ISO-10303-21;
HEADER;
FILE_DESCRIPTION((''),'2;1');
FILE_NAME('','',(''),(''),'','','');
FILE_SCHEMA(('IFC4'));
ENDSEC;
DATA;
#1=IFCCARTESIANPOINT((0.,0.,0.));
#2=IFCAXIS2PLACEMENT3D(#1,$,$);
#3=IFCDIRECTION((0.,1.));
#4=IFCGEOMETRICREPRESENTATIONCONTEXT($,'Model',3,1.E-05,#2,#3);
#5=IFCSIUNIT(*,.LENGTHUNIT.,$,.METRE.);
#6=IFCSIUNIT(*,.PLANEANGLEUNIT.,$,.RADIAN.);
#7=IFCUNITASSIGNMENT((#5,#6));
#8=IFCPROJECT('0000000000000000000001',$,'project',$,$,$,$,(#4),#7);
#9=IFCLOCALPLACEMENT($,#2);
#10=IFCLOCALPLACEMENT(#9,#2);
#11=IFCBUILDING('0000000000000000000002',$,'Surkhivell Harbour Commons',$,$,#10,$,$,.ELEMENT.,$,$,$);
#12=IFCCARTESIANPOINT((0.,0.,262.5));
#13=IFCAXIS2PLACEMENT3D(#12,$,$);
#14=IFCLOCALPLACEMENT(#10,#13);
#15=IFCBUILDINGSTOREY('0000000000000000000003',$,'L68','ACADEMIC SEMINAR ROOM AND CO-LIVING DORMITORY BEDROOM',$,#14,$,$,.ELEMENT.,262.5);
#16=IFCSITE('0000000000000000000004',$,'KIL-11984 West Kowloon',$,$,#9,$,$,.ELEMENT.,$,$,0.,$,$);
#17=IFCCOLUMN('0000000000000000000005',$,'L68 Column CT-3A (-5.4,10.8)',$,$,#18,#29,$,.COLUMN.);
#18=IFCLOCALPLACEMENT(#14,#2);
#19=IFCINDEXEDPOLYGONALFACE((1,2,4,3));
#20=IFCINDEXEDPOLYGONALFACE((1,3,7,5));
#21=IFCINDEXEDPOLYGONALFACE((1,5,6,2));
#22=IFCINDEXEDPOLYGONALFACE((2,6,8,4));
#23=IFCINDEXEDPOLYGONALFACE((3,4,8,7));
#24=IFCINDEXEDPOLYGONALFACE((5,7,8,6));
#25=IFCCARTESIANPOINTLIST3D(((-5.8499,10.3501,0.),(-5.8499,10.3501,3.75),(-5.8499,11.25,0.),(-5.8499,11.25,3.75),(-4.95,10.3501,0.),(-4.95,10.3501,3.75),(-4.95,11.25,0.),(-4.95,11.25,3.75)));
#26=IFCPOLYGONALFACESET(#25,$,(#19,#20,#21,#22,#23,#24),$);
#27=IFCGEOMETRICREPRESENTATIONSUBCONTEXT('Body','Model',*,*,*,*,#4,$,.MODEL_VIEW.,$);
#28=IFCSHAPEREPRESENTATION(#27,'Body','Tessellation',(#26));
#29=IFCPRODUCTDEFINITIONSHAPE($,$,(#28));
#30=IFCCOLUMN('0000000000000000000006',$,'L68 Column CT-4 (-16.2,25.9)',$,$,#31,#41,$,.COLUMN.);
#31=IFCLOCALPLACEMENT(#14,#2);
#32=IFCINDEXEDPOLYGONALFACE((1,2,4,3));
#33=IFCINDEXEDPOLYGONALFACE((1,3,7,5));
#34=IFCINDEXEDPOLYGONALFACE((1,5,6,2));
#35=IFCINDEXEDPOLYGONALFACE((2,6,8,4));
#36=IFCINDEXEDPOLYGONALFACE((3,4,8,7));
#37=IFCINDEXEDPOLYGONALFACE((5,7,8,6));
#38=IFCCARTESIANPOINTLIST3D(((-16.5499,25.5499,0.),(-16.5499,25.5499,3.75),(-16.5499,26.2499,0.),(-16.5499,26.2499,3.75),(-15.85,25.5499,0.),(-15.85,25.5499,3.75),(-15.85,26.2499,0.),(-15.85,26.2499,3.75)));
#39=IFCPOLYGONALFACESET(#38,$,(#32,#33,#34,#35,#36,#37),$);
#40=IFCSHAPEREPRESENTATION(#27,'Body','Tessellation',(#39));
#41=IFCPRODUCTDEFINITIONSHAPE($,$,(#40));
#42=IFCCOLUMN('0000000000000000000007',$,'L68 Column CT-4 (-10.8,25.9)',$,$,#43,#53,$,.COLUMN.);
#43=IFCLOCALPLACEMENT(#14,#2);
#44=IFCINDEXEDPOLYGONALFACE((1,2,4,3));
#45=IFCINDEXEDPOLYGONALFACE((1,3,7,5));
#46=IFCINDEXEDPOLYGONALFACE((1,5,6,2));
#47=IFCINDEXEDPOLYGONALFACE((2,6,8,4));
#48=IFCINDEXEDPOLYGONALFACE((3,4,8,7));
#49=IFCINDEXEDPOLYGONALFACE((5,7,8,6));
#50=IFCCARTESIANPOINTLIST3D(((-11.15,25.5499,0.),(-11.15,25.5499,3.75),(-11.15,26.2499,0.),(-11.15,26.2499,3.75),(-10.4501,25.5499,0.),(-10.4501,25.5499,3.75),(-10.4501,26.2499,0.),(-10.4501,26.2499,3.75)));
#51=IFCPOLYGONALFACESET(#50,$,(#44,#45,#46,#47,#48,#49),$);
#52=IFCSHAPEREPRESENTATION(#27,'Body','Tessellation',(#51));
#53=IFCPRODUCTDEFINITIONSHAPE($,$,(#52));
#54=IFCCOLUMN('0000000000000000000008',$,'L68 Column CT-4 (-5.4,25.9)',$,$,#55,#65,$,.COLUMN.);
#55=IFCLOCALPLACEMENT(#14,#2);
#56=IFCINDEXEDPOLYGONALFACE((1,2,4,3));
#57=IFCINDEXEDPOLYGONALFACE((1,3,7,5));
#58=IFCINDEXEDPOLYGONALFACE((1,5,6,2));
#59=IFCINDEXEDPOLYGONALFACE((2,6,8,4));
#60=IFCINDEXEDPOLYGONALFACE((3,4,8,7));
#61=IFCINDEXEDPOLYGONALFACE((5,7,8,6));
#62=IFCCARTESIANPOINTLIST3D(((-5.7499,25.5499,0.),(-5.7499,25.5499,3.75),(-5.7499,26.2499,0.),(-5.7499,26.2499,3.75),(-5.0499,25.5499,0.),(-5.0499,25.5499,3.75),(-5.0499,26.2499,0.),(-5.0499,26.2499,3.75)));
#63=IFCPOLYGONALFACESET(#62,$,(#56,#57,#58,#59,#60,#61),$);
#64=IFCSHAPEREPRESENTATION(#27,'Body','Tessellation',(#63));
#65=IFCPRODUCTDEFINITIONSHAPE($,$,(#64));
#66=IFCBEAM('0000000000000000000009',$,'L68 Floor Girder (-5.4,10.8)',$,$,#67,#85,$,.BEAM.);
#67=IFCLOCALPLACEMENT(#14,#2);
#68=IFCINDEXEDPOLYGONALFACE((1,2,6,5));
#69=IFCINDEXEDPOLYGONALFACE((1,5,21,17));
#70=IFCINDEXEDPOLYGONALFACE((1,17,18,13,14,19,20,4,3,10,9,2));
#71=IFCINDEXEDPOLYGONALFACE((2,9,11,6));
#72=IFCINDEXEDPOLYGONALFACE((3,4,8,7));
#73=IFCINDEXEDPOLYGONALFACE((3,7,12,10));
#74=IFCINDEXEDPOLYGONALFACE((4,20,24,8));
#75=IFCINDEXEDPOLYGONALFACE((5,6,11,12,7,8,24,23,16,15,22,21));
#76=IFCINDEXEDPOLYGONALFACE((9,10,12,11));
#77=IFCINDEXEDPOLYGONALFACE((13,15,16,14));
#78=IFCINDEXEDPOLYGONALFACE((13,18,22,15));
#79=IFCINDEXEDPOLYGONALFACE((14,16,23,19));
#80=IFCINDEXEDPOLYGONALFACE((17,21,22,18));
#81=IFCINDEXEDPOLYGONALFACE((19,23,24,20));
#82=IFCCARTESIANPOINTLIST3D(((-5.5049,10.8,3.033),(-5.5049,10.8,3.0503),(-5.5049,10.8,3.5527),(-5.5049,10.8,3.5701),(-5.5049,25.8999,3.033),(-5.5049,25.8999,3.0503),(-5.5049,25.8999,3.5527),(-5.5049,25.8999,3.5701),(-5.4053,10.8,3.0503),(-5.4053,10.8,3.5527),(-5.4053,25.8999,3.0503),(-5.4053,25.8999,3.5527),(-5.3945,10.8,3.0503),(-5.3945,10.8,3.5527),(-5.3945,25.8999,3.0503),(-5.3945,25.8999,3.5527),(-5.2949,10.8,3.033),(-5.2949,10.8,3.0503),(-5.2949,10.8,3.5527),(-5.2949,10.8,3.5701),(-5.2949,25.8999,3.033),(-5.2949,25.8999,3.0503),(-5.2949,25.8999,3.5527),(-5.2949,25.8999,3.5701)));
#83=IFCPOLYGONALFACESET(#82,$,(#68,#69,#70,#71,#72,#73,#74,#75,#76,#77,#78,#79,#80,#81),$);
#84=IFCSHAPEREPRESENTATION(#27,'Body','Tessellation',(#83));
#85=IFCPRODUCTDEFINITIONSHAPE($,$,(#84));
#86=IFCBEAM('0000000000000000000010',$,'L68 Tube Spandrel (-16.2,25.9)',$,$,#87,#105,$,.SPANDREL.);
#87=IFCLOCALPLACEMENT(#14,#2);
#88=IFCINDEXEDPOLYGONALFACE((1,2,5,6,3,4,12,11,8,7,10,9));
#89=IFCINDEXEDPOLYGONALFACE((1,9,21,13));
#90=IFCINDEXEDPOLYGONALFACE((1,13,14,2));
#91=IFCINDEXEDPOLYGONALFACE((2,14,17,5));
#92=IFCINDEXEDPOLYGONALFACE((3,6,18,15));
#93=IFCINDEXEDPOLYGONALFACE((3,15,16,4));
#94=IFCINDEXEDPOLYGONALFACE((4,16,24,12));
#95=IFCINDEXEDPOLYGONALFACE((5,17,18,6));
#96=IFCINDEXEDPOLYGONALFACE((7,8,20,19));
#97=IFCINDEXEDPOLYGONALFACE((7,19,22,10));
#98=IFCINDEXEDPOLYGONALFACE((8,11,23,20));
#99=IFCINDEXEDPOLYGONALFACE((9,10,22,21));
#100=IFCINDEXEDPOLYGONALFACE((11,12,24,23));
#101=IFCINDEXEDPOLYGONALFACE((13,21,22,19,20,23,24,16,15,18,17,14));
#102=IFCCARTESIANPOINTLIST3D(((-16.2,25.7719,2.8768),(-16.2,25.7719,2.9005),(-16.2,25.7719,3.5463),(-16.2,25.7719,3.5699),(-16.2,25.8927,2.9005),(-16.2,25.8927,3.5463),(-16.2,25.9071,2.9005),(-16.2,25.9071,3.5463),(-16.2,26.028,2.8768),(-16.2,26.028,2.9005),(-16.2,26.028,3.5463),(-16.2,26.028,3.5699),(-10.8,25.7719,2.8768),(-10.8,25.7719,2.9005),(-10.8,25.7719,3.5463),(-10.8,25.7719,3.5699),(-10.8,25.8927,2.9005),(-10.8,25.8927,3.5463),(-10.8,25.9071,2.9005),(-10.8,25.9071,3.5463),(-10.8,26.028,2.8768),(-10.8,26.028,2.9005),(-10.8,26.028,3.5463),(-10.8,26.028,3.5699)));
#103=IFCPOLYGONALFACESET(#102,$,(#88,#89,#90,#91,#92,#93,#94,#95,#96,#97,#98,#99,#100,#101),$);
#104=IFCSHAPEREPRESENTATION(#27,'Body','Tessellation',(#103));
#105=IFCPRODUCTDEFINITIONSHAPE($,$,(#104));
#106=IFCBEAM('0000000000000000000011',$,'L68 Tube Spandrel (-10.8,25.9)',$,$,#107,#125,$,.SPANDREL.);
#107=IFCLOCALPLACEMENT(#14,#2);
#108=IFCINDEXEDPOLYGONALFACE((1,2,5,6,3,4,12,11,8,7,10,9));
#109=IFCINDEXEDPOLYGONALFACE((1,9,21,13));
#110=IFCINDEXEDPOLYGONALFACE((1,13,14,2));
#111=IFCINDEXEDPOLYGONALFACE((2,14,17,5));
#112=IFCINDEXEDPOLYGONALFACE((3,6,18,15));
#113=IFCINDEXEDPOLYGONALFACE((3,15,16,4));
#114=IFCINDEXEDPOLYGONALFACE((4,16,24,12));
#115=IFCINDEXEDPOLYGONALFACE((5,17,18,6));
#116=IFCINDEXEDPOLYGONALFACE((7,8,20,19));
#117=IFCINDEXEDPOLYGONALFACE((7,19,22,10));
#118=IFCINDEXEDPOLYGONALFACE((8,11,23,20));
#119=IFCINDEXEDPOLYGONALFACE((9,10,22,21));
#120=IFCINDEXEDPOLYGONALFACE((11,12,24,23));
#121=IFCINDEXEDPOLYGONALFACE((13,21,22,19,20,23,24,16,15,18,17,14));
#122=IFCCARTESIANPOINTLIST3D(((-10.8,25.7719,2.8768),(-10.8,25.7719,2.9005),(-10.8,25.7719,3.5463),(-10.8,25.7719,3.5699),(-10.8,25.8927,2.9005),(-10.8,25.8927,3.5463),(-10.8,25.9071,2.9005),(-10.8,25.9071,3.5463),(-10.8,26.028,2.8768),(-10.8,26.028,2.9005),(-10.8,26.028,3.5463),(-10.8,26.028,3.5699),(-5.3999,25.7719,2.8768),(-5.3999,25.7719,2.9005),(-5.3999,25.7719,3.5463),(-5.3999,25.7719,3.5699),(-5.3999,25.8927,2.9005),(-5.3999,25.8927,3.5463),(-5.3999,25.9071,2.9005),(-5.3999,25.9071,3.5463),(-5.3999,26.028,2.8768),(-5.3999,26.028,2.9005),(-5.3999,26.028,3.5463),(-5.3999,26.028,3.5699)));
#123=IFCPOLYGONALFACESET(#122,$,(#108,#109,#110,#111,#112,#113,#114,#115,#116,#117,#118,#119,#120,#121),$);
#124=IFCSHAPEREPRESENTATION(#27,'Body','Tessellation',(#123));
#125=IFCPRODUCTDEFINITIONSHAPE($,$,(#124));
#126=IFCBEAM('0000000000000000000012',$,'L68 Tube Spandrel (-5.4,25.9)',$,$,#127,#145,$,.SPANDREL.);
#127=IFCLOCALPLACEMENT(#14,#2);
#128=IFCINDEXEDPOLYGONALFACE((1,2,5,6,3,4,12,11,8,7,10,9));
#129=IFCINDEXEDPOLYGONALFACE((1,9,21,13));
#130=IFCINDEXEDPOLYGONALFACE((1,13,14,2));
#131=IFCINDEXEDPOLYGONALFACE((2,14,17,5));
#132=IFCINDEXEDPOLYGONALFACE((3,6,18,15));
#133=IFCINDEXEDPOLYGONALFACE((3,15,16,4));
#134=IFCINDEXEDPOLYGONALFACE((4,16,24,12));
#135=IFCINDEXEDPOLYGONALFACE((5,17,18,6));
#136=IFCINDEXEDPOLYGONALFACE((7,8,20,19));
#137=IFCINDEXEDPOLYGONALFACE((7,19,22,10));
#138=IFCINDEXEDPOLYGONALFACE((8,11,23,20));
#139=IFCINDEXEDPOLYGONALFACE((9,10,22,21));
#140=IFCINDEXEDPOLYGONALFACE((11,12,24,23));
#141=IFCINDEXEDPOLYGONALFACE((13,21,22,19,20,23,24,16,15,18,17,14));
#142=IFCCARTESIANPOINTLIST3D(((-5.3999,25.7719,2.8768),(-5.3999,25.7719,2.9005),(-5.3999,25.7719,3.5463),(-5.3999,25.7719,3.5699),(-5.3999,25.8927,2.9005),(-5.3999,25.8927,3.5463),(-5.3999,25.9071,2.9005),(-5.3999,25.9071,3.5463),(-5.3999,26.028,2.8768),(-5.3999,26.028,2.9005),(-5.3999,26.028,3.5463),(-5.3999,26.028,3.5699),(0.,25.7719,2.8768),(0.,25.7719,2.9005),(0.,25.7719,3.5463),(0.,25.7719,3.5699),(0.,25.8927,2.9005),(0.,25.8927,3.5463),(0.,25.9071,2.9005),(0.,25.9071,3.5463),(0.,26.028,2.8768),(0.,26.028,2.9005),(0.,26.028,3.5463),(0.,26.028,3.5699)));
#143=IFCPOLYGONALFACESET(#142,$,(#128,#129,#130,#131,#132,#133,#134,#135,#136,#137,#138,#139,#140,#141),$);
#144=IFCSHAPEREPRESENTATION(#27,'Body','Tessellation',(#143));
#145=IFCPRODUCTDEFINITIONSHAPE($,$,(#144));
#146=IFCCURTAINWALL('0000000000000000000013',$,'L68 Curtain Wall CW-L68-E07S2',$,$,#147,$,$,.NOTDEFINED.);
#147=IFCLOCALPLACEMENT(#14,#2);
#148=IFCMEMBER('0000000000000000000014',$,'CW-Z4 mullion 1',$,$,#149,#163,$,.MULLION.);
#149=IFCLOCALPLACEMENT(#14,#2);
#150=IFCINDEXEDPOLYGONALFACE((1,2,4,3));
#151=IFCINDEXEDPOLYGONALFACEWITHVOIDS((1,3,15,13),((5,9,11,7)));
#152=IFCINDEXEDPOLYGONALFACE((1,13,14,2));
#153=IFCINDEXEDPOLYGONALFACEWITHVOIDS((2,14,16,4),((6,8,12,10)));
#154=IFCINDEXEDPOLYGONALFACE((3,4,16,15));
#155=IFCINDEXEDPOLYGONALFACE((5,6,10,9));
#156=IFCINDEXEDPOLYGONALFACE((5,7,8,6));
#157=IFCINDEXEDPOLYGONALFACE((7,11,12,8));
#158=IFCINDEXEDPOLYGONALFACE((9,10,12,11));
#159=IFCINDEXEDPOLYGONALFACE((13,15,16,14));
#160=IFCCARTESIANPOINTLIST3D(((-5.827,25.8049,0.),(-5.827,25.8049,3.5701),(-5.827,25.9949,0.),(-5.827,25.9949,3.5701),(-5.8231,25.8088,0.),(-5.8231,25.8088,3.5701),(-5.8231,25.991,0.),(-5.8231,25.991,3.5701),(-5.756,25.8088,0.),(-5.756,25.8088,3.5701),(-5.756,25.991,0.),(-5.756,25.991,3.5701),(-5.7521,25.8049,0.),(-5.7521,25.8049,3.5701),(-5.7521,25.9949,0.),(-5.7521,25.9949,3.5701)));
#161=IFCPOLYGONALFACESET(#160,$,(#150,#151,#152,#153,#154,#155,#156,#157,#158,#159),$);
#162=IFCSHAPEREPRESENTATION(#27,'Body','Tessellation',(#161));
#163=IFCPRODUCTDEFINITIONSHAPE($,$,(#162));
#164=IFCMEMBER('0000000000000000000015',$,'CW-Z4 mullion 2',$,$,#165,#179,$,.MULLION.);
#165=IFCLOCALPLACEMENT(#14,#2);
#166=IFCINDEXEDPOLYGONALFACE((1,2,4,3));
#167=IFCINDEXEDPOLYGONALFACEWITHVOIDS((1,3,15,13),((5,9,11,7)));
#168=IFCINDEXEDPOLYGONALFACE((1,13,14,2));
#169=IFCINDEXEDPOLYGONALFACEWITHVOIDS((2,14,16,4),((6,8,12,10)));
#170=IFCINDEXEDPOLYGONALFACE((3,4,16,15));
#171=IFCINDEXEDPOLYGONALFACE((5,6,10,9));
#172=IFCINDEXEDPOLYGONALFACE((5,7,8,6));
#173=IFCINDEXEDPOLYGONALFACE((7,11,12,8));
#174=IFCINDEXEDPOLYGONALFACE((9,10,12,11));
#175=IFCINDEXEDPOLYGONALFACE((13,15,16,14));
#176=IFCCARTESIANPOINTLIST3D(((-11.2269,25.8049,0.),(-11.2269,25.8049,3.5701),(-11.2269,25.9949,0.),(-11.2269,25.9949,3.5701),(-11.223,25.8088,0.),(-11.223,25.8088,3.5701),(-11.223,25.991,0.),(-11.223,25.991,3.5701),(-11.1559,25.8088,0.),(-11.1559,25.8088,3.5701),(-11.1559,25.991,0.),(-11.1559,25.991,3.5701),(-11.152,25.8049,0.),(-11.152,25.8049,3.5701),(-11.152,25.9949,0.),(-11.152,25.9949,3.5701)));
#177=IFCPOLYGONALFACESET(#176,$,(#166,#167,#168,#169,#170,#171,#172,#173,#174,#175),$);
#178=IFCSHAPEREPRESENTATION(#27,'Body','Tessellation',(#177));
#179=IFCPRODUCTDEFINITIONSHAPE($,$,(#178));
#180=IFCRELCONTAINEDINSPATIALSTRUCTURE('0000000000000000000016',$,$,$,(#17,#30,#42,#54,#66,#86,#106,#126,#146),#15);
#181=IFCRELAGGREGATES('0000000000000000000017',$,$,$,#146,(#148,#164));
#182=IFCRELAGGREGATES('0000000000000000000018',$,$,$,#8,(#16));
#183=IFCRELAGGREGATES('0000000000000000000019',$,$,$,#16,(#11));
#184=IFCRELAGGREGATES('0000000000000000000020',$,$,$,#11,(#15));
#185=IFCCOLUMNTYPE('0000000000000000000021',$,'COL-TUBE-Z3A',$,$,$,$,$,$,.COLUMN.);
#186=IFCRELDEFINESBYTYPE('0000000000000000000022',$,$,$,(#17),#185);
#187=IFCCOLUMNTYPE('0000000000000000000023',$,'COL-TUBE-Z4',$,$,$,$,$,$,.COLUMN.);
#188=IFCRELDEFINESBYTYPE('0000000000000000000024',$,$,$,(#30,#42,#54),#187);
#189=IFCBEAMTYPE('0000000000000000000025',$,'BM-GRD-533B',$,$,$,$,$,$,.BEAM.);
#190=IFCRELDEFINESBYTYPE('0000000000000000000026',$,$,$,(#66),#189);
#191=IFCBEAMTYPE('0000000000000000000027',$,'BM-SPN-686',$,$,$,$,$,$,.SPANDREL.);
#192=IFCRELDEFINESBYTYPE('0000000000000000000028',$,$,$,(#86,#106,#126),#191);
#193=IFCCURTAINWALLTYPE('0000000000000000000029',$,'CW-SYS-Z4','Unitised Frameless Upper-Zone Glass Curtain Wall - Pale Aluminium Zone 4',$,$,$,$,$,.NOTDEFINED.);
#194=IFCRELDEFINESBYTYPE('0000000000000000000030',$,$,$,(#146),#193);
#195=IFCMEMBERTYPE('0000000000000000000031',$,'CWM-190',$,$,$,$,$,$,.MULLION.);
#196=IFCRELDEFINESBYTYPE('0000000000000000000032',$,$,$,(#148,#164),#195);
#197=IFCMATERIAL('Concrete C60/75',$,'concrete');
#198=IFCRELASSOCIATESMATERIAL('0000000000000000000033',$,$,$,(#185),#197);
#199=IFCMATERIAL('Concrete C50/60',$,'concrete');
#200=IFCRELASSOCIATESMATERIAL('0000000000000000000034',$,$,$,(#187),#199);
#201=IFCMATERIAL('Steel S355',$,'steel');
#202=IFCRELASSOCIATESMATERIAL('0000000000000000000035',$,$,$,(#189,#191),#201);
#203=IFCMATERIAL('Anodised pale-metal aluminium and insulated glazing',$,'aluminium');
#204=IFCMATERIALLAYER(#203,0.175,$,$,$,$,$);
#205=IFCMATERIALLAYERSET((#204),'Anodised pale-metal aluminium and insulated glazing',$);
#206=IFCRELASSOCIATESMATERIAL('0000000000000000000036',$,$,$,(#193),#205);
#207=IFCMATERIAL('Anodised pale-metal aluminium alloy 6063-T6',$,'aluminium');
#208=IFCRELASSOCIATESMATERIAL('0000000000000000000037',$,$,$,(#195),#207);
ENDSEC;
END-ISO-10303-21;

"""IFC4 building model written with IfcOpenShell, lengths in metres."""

from ifc_helpers import new_model, si_unit, direction, frame, origin, origin_2d, place, context, subcontext, project, spatial, rectangle, hollow_rectangle, i_section, extrude, material, layer, layer_set, material_profile, profile_set, type_object, element, aggregate, save


model = new_model("IFC4")

# Units and contexts
model_context = context("Model", 3, precision=1e-05, world=origin(), true_north=direction((0.0, 1.0)))
body_context = subcontext(model_context, "Body", "Model", "MODEL_VIEW")
ifc_project = project(units=[si_unit("LENGTHUNIT", "METRE"), si_unit("PLANEANGLEUNIT", "RADIAN")], contexts=[model_context])

# Site, building, storey
site_placement = place(None, origin())
site = spatial("IfcSite", under=ifc_project, at=site_placement, Name="KIL-11984 West Kowloon", CompositionType="ELEMENT", RefElevation=0.0)
building_placement = place(site_placement, origin())
building = spatial("IfcBuilding", under=site, at=building_placement, Name="Surkhivell Harbour Commons", CompositionType="ELEMENT")
storey_placement = place(building_placement, frame((0.0, 0.0, 262.5)))
storey = spatial("IfcBuildingStorey", under=building, at=storey_placement, Name="L68", Description="ACADEMIC SEMINAR ROOM AND CO-LIVING DORMITORY BEDROOM", CompositionType="ELEMENT", Elevation=262.5)

# Columns
ifc_material_1 = material(Name="Concrete C60/75", Category="concrete")
ifc_material_profile_1 = material_profile(ifc_material_1, rectangle(XDim=0.8999, YDim=0.8999, at=origin_2d()), Name="RC-COL-900x900")
ifc_profile_set_1 = profile_set([ifc_material_profile_1], Name="Concrete C60/75")
column_type_1 = type_object("IfcColumnType", Name="COL-TUBE-Z3A", PredefinedType="COLUMN", material=ifc_profile_set_1)
column_placement = place(storey_placement, frame((-5.3999, 10.8, 0.0), z_axis=(0.0, 0.0, 1.0), x_axis=(1.0, 0.0, 0.0)))
element("IfcColumn", 1, at=column_placement, inside=storey, type_object=column_type_1, Name="L68 Column CT-3A (-5.4,10.8)", PredefinedType="COLUMN", context=body_context, shape_type="SweptSolid", body=[
    extrude(rectangle(XDim=0.8999, YDim=0.8999, at=origin_2d()), origin(), (0.0, 0.0, 1.0), 3.75),
])
ifc_material_2 = material(Name="Concrete C50/60", Category="concrete")
ifc_material_profile_2 = material_profile(ifc_material_2, rectangle(XDim=0.7, YDim=0.7, at=origin_2d()), Name="RC-COL-700x700")
ifc_profile_set_2 = profile_set([ifc_material_profile_2], Name="Concrete C50/60")
column_type_2 = type_object("IfcColumnType", Name="COL-TUBE-Z4", PredefinedType="COLUMN", material=ifc_profile_set_2)
for number, where, z_axis, x_axis, name in (
    (2, (-16.2, 25.8999, 0.0), (0.0, 0.0, 1.0), (1.0, 0.0, 0.0), "L68 Column CT-4 (-16.2,25.9)"),
    (3, (-10.8, 25.8999, 0.0), (0.0, 0.0, 1.0), (1.0, 0.0, 0.0), "L68 Column CT-4 (-10.8,25.9)"),
    (4, (-5.3999, 25.8999, 0.0), (0.0, 0.0, 1.0), (1.0, 0.0, 0.0), "L68 Column CT-4 (-5.4,25.9)"),
):
    element("IfcColumn", number, at=place(storey_placement, frame(where, z_axis=z_axis, x_axis=x_axis)), inside=storey, type_object=column_type_2, Name=name, PredefinedType="COLUMN", context=body_context, shape_type="SweptSolid", body=[
        extrude(rectangle(XDim=0.7, YDim=0.7, at=origin_2d()), origin(), (0.0, 0.0, 1.0), 3.75),
    ])

# Beams
ifc_material_3 = material(Name="Steel S355", Category="steel")
ifc_material_profile_3 = material_profile(ifc_material_3, i_section(OverallWidth=0.21, OverallDepth=0.5371, WebThickness=0.0107, FlangeThickness=0.0173, at=origin_2d()), Name="UB533x210x101")
ifc_profile_set_3 = profile_set([ifc_material_profile_3], Name="Steel S355")
beam_type_1 = type_object("IfcBeamType", Name="BM-GRD-533B", PredefinedType="BEAM", material=ifc_profile_set_3)
beam_1_placement = place(storey_placement, frame((-5.3999, 10.8, 3.3015), z_axis=(0.0, 1.0, 0.0), x_axis=(-1.0, 0.0, 0.0)))
element("IfcBeam", 5, at=beam_1_placement, inside=storey, type_object=beam_type_1, Name="L68 Floor Girder (-5.4,10.8)", PredefinedType="BEAM", context=body_context, shape_type="SweptSolid", body=[
    extrude(i_section(OverallWidth=0.21, OverallDepth=0.5371, WebThickness=0.0107, FlangeThickness=0.0173, at=origin_2d()), origin(), (0.0, 0.0, 1.0), 15.0999),
])
ifc_material_profile_4 = material_profile(ifc_material_3, i_section(OverallWidth=0.2561, OverallDepth=0.6931, WebThickness=0.0144, FlangeThickness=0.0237, at=origin_2d()), Name="UB686x254x170")
ifc_profile_set_4 = profile_set([ifc_material_profile_4], Name="Steel S355")
beam_type_2 = type_object("IfcBeamType", Name="BM-SPN-686", PredefinedType="SPANDREL", material=ifc_profile_set_4)
beam_2_placement = place(storey_placement, frame((-16.2, 25.8999, 3.2234), z_axis=(1.0, 0.0, 0.0), x_axis=(0.0, 1.0, 0.0)))
element("IfcBeam", 6, at=beam_2_placement, inside=storey, type_object=beam_type_2, Name="L68 Tube Spandrel (-16.2,25.9)", PredefinedType="SPANDREL", context=body_context, shape_type="SweptSolid", body=[
    extrude(i_section(OverallWidth=0.2561, OverallDepth=0.6931, WebThickness=0.0144, FlangeThickness=0.0237, at=origin_2d()), origin(), (0.0, 0.0, 1.0), 5.3999),
])
beam_3_placement = place(storey_placement, frame((-10.8, 25.8999, 3.2234), z_axis=(1.0, 0.0, 0.0), x_axis=(0.0, 1.0, 0.0)))
element("IfcBeam", 7, at=beam_3_placement, inside=storey, type_object=beam_type_2, Name="L68 Tube Spandrel (-10.8,25.9)", PredefinedType="SPANDREL", context=body_context, shape_type="SweptSolid", body=[
    extrude(i_section(OverallWidth=0.2561, OverallDepth=0.6931, WebThickness=0.0144, FlangeThickness=0.0237, at=origin_2d()), origin(), (0.0, 0.0, 1.0), 5.4001),
])
beam_4_placement = place(storey_placement, frame((-5.3999, 25.8999, 3.2234), z_axis=(1.0, 0.0, 0.0), x_axis=(0.0, 1.0, 0.0)))
element("IfcBeam", 8, at=beam_4_placement, inside=storey, type_object=beam_type_2, Name="L68 Tube Spandrel (-5.4,25.9)", PredefinedType="SPANDREL", context=body_context, shape_type="SweptSolid", body=[
    extrude(i_section(OverallWidth=0.2561, OverallDepth=0.6931, WebThickness=0.0144, FlangeThickness=0.0237, at=origin_2d()), origin(), (0.0, 0.0, 1.0), 5.3999),
])

# Curtain wall, members
ifc_material_4 = material(Name="Anodised pale-metal aluminium and insulated glazing", Category="aluminium")
ifc_layer_1 = layer(ifc_material_4, 0.175)
ifc_layer_set_1 = layer_set([ifc_layer_1], Name="Anodised pale-metal aluminium and insulated glazing")
curtain_wall_type = type_object("IfcCurtainWallType", Name="CW-SYS-Z4", Description="Unitised Frameless Upper-Zone Glass Curtain Wall - Pale Aluminium Zone 4", PredefinedType="NOTDEFINED", material=ifc_layer_set_1)
curtain_wall_placement = place(storey_placement, origin())
curtain_wall = element("IfcCurtainWall", 9, at=curtain_wall_placement, inside=storey, type_object=curtain_wall_type, Name="L68 Curtain Wall CW-L68-E07S2", PredefinedType="NOTDEFINED")
ifc_material_5 = material(Name="Anodised pale-metal aluminium alloy 6063-T6", Category="aluminium")
ifc_material_profile_5 = material_profile(ifc_material_5, hollow_rectangle(XDim=0.075, YDim=0.1899, WallThickness=0.0039, at=origin_2d()), Name="ALU-MULL-75x190")
ifc_profile_set_5 = profile_set([ifc_material_profile_5], Name="Anodised pale-metal aluminium alloy 6063-T6")
member_type_1 = type_object("IfcMemberType", Name="CWM-190", PredefinedType="MULLION", material=ifc_profile_set_5)
member_1_placement = place(storey_placement, frame((-5.7896, 25.8999, 0.0), z_axis=(0.0, 0.0, 1.0), x_axis=(-1.0, 0.0, 0.0)))
member_1 = element("IfcMember", 10, at=member_1_placement, type_object=member_type_1, Name="CW-Z4 mullion 1", PredefinedType="MULLION", context=body_context, shape_type="SweptSolid", body=[
    extrude(hollow_rectangle(XDim=0.075, YDim=0.1899, WallThickness=0.0039, at=origin_2d()), origin(), (0.0, 0.0, 1.0), 3.5701),
])
member_2_placement = place(storey_placement, frame((-11.1895, 25.8999, 0.0), z_axis=(0.0, 0.0, 1.0), x_axis=(-1.0, 0.0, 0.0)))
member_2 = element("IfcMember", 11, at=member_2_placement, type_object=member_type_1, Name="CW-Z4 mullion 2", PredefinedType="MULLION", context=body_context, shape_type="SweptSolid", body=[
    extrude(hollow_rectangle(XDim=0.075, YDim=0.1899, WallThickness=0.0039, at=origin_2d()), origin(), (0.0, 0.0, 1.0), 3.5701),
])
aggregate(curtain_wall, [member_1, member_2])

save(model, "model.ifc")
